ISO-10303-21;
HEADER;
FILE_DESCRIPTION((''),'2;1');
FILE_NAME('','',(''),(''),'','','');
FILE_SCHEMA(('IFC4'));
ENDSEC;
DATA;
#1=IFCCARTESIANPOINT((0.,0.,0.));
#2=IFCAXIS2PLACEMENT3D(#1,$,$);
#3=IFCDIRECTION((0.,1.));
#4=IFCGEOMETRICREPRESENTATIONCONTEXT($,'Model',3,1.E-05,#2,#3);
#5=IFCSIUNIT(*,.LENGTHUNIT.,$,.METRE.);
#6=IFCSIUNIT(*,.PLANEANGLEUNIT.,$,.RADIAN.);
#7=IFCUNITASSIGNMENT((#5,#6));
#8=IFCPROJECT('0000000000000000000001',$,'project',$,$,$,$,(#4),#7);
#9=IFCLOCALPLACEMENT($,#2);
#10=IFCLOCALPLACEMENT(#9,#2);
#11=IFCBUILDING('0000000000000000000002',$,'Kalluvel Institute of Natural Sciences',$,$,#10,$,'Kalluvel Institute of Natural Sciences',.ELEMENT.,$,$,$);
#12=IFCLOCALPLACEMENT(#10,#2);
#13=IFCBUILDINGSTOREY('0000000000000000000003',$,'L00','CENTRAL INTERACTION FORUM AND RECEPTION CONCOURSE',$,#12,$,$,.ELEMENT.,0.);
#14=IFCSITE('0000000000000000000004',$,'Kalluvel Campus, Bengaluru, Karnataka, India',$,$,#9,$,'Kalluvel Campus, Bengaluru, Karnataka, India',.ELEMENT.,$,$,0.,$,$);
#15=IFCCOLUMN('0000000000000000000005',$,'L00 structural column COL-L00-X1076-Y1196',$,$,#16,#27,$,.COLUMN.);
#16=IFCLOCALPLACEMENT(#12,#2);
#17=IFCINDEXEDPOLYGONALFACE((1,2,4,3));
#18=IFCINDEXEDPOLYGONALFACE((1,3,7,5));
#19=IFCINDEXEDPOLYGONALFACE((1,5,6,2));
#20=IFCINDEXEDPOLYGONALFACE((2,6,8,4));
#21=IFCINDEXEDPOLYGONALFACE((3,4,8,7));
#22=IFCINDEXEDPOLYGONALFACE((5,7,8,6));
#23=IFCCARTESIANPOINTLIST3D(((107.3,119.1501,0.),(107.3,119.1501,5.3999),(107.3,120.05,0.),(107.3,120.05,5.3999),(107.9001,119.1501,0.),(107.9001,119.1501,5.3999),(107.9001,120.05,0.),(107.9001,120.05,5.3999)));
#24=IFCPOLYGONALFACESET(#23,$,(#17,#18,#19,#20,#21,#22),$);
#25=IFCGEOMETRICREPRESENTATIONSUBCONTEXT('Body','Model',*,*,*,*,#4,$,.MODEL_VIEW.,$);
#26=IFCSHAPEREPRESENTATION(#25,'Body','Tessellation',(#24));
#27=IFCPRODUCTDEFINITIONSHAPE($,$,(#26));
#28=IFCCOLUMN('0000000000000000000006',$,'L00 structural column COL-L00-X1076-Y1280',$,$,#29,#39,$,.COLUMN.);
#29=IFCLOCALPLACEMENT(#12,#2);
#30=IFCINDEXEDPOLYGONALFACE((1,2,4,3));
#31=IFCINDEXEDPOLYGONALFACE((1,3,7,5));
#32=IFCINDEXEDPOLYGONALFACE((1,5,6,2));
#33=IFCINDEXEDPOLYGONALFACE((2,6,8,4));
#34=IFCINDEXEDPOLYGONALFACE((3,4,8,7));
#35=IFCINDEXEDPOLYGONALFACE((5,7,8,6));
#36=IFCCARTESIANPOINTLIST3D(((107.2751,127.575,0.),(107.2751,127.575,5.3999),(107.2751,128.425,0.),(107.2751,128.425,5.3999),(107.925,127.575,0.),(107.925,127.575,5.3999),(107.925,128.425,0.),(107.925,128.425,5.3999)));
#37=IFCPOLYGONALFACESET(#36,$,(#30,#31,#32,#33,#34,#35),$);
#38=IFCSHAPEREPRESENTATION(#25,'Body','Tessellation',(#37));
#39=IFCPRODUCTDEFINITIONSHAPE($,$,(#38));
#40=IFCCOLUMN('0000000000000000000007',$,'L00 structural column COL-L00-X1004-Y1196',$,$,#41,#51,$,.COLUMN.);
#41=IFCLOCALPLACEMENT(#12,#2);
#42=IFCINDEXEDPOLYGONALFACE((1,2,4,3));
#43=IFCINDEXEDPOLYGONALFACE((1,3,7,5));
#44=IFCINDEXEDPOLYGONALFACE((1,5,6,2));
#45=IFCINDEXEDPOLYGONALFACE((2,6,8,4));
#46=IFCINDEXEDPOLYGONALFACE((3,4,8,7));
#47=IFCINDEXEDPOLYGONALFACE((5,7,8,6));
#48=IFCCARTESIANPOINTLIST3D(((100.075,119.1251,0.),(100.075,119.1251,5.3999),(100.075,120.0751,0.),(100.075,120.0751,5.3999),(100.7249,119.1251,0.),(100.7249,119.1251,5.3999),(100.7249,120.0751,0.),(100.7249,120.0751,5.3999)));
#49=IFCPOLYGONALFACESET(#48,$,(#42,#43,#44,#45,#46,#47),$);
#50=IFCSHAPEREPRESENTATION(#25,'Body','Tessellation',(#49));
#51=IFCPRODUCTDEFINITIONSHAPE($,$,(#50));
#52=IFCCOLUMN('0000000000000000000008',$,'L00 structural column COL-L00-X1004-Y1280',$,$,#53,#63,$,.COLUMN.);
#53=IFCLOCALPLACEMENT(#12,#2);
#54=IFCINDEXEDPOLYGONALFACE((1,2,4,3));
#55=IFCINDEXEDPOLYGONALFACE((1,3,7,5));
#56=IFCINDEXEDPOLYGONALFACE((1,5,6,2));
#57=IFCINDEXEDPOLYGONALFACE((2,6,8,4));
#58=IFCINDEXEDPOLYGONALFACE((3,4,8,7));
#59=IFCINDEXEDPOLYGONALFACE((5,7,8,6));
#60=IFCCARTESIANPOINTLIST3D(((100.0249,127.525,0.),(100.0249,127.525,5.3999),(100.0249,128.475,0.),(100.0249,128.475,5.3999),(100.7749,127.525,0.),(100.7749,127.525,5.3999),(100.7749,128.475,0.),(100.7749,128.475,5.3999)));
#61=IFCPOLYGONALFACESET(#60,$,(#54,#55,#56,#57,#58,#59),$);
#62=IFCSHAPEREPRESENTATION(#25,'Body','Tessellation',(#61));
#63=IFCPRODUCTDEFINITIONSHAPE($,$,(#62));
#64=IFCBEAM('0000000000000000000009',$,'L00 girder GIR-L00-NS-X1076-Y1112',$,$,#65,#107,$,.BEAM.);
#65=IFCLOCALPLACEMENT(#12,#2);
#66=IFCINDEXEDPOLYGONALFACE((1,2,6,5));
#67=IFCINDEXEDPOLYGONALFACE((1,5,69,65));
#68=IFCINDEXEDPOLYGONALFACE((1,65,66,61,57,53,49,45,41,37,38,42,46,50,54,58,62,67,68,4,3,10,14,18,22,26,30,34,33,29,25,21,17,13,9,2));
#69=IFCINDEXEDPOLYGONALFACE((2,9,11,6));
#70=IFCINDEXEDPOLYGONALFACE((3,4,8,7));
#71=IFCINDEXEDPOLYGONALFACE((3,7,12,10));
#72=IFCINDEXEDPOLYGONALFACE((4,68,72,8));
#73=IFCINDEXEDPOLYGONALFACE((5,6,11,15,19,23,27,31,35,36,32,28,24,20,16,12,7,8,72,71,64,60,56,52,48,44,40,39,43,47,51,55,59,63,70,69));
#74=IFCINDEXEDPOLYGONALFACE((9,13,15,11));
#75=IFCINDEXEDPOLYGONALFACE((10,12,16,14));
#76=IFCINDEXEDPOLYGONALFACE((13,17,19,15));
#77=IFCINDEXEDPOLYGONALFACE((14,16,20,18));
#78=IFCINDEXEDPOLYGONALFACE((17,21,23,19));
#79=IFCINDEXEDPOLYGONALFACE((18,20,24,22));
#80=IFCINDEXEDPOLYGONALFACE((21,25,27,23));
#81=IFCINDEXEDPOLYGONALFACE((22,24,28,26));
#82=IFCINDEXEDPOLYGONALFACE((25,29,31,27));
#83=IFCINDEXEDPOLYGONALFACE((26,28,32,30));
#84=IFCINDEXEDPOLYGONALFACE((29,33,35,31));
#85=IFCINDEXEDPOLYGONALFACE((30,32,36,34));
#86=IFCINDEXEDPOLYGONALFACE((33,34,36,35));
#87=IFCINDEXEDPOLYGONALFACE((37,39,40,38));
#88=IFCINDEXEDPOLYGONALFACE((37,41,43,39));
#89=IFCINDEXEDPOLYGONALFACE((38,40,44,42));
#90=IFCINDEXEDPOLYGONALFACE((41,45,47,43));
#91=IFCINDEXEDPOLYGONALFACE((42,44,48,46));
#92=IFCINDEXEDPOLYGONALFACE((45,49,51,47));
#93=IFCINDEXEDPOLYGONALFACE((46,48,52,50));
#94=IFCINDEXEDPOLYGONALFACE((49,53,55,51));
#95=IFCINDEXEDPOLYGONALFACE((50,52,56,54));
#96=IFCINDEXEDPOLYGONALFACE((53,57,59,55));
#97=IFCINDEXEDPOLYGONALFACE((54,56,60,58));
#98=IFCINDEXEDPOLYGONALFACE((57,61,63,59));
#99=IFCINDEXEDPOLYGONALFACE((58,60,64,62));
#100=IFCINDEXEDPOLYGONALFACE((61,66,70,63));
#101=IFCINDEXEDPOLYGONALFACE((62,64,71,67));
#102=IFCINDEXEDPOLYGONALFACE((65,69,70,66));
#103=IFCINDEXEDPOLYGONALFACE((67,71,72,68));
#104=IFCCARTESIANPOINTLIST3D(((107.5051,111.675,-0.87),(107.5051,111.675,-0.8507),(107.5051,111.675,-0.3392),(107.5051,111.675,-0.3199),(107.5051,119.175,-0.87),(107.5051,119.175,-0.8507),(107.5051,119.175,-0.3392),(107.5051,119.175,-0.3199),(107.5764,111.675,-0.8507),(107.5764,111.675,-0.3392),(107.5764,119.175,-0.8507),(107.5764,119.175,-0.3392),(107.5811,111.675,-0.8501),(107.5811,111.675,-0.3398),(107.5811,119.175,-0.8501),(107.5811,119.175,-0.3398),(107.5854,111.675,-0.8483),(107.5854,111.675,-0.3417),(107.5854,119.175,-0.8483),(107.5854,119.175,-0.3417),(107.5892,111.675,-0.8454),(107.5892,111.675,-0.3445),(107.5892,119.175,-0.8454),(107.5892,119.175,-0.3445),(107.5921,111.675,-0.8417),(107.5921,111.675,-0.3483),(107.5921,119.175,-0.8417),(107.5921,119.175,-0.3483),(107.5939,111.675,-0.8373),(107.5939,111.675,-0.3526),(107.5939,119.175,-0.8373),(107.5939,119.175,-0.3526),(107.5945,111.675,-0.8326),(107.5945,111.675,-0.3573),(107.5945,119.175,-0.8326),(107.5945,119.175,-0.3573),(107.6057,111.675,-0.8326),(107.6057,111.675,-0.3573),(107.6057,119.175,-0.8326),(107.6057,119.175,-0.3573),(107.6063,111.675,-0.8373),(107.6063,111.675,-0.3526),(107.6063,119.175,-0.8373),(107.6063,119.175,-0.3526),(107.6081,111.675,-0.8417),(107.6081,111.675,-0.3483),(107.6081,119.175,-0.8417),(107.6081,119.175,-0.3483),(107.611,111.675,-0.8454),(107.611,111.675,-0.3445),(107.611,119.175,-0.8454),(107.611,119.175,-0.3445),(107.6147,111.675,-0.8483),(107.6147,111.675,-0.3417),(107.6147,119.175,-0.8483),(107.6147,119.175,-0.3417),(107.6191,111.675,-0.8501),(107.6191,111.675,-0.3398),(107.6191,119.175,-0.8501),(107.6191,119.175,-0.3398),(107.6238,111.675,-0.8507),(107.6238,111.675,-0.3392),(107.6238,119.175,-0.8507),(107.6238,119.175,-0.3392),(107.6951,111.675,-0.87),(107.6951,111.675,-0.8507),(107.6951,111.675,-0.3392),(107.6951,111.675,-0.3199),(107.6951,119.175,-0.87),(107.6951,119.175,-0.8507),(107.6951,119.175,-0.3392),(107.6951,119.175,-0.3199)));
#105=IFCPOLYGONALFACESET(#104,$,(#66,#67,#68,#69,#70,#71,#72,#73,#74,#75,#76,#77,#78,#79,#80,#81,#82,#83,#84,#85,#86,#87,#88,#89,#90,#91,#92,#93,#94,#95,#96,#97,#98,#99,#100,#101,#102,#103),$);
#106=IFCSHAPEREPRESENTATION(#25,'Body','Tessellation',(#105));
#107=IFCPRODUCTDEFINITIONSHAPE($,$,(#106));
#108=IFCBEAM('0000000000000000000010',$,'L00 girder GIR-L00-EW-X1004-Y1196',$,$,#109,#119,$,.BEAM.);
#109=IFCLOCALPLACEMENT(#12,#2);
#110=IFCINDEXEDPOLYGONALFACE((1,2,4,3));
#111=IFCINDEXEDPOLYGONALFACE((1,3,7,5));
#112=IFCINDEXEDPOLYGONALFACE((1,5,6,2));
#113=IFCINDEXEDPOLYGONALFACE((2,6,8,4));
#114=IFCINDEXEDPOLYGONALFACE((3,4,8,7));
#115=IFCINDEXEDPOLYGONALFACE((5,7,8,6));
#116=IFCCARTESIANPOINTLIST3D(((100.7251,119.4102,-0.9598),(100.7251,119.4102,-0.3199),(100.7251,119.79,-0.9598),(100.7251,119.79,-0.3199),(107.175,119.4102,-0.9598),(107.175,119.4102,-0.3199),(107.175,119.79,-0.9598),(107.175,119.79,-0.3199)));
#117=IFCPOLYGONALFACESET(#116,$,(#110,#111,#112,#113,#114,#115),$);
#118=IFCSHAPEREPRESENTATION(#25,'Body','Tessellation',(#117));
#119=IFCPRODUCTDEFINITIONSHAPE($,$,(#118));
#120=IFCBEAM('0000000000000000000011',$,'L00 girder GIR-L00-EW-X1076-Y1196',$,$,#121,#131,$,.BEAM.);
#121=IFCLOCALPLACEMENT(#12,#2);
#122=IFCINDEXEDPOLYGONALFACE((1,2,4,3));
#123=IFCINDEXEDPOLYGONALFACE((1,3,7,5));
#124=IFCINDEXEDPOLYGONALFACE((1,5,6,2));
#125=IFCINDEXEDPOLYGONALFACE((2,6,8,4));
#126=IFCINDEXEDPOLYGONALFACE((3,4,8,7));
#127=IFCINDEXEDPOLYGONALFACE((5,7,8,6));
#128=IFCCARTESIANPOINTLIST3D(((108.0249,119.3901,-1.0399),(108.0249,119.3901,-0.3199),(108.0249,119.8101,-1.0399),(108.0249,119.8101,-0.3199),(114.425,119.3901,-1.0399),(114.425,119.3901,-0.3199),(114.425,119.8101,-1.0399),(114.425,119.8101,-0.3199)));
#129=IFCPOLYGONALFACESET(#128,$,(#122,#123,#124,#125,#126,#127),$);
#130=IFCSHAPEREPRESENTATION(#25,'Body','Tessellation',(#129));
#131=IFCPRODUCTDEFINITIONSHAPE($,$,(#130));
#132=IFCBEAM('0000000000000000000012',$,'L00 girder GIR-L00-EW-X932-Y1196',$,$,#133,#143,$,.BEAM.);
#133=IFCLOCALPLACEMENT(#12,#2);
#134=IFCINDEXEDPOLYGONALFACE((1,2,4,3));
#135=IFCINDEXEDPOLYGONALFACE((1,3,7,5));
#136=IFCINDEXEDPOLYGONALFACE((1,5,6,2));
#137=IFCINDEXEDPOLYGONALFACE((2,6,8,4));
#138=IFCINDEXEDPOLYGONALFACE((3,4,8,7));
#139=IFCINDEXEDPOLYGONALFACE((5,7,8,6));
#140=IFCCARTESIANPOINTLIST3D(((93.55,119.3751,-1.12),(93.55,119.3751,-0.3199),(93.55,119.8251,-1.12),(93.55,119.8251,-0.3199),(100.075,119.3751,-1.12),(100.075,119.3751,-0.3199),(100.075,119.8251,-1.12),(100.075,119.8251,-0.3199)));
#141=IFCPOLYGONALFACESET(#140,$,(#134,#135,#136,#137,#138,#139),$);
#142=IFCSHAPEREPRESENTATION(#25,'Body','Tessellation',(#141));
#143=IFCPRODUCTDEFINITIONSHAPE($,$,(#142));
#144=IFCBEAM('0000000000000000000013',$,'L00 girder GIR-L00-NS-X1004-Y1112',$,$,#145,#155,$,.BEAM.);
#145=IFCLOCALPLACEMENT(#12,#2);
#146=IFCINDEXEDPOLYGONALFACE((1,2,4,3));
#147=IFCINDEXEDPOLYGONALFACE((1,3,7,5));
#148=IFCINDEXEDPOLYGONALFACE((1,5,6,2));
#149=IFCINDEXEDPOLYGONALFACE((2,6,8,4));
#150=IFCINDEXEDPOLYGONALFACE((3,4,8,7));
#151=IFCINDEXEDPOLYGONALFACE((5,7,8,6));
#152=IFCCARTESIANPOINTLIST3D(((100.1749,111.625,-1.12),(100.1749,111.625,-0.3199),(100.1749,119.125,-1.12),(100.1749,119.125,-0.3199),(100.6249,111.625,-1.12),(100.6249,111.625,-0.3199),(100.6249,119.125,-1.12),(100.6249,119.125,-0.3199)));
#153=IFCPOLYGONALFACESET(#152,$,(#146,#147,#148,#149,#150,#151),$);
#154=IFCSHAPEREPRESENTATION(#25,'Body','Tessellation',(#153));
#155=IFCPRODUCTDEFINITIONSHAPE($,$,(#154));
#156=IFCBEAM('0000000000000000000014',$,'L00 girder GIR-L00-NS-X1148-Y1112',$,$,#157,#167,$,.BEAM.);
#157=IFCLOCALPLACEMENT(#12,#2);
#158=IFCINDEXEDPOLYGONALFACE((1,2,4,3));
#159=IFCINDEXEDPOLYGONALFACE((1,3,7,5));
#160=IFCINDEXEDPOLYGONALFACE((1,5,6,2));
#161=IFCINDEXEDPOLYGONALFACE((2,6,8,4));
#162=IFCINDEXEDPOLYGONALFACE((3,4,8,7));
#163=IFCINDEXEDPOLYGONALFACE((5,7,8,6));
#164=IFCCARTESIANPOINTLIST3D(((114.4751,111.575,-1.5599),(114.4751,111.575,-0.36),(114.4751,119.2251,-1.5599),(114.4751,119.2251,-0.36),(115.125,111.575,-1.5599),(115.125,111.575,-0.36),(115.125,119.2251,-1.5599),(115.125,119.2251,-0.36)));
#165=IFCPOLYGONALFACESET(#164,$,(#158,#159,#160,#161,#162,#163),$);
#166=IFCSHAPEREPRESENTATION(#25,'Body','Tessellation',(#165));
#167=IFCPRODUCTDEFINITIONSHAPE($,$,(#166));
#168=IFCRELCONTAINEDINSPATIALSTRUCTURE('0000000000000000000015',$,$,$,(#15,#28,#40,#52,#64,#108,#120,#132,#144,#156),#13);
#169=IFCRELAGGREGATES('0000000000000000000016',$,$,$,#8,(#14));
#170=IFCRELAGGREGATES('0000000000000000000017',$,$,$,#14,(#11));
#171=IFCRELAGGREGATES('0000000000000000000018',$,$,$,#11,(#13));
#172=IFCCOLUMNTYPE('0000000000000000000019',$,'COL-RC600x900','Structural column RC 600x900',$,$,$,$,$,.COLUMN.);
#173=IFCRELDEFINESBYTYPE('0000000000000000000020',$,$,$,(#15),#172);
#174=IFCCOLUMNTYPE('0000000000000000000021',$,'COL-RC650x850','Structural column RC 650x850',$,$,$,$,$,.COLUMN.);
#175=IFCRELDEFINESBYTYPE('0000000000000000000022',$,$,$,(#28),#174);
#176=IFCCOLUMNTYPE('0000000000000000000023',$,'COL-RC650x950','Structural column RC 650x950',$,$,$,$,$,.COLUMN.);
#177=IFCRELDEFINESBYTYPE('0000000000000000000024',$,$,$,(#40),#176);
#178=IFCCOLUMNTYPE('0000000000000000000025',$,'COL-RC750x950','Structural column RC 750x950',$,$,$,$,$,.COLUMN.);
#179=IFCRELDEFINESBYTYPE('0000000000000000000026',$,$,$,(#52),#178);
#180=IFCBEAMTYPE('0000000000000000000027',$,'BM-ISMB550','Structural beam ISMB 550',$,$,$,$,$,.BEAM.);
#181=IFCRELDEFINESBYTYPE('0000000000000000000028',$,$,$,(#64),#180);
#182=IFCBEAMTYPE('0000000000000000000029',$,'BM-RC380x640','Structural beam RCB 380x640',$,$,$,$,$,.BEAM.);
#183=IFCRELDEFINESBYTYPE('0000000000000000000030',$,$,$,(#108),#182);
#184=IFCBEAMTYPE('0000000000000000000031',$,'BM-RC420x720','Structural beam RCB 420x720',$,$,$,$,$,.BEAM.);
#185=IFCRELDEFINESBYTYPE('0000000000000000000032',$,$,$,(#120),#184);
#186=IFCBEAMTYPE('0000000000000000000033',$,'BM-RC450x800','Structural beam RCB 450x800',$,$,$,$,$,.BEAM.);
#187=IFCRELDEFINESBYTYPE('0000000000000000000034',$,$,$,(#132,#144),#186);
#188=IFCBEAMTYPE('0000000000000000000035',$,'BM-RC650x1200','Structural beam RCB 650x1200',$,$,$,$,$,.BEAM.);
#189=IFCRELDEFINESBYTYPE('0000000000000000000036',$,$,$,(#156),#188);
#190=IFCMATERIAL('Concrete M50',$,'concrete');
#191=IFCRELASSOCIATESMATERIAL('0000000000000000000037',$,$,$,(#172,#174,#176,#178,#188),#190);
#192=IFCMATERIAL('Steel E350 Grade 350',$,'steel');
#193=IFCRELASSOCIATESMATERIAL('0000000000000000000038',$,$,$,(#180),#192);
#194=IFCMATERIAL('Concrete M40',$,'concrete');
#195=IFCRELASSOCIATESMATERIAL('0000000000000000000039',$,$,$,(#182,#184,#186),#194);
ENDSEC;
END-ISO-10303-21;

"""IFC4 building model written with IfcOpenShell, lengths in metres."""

from ifc_helpers import new_model, si_unit, direction, frame, origin, origin_2d, place, context, subcontext, project, spatial, rectangle, i_section, extrude, material, material_profile, profile_set, type_object, element, save


model = new_model("IFC4")

# Units and contexts
model_context = context("Model", 3, precision=1e-05, world=origin(), true_north=direction((0.0, 1.0)))
body_context = subcontext(model_context, "Body", "Model", "MODEL_VIEW")
ifc_project = project(units=[si_unit("LENGTHUNIT", "METRE"), si_unit("PLANEANGLEUNIT", "RADIAN")], contexts=[model_context])

# Site, building, storey
site_placement = place(None, origin())
site = spatial("IfcSite", under=ifc_project, at=site_placement, Name="Kalluvel Campus, Bengaluru, Karnataka, India", LongName="Kalluvel Campus, Bengaluru, Karnataka, India", CompositionType="ELEMENT", RefElevation=0.0)
building_placement = place(site_placement, origin())
building = spatial("IfcBuilding", under=site, at=building_placement, Name="Kalluvel Institute of Natural Sciences", LongName="Kalluvel Institute of Natural Sciences", CompositionType="ELEMENT")
storey_placement = place(building_placement, origin())
storey = spatial("IfcBuildingStorey", under=building, at=storey_placement, Name="L00", Description="CENTRAL INTERACTION FORUM AND RECEPTION CONCOURSE", CompositionType="ELEMENT", Elevation=0.0)

# Columns
ifc_material_1 = material(Name="Concrete M50", Category="concrete")
ifc_material_profile_1 = material_profile(ifc_material_1, rectangle(XDim=0.6001, YDim=0.8999, at=origin_2d()), Name="RC 600x900")
ifc_profile_set_1 = profile_set([ifc_material_profile_1], Name="Concrete M50")
column_type_1 = type_object("IfcColumnType", Name="COL-RC600x900", Description="Structural column RC 600x900", PredefinedType="COLUMN", material=ifc_profile_set_1)
column_1_placement = place(storey_placement, frame((107.6001, 119.6001, 0.0), z_axis=(0.0, 0.0, 1.0), x_axis=(1.0, 0.0, 0.0)))
element("IfcColumn", 1, at=column_1_placement, inside=storey, type_object=column_type_1, Name="L00 structural column COL-L00-X1076-Y1196", PredefinedType="COLUMN", context=body_context, shape_type="SweptSolid", body=[
    extrude(rectangle(XDim=0.6001, YDim=0.8999, at=origin_2d()), origin(), (0.0, 0.0, 1.0), 5.3999),
])
ifc_material_profile_2 = material_profile(ifc_material_1, rectangle(XDim=0.6499, YDim=0.8501, at=origin_2d()), Name="RC 650x850")
ifc_profile_set_2 = profile_set([ifc_material_profile_2], Name="Concrete M50")
column_type_2 = type_object("IfcColumnType", Name="COL-RC650x850", Description="Structural column RC 650x850", PredefinedType="COLUMN", material=ifc_profile_set_2)
column_2_placement = place(storey_placement, frame((107.6001, 128.0, 0.0), z_axis=(0.0, 0.0, 1.0), x_axis=(1.0, 0.0, 0.0)))
element("IfcColumn", 2, at=column_2_placement, inside=storey, type_object=column_type_2, Name="L00 structural column COL-L00-X1076-Y1280", PredefinedType="COLUMN", context=body_context, shape_type="SweptSolid", body=[
    extrude(rectangle(XDim=0.6499, YDim=0.8501, at=origin_2d()), origin(), (0.0, 0.0, 1.0), 5.3999),
])
ifc_material_profile_3 = material_profile(ifc_material_1, rectangle(XDim=0.6499, YDim=0.95, at=origin_2d()), Name="RC 650x950")
ifc_profile_set_3 = profile_set([ifc_material_profile_3], Name="Concrete M50")
column_type_3 = type_object("IfcColumnType", Name="COL-RC650x950", Description="Structural column RC 650x950", PredefinedType="COLUMN", material=ifc_profile_set_3)
column_3_placement = place(storey_placement, frame((100.3999, 119.6001, 0.0), z_axis=(0.0, 0.0, 1.0), x_axis=(1.0, 0.0, 0.0)))
element("IfcColumn", 3, at=column_3_placement, inside=storey, type_object=column_type_3, Name="L00 structural column COL-L00-X1004-Y1196", PredefinedType="COLUMN", context=body_context, shape_type="SweptSolid", body=[
    extrude(rectangle(XDim=0.6499, YDim=0.95, at=origin_2d()), origin(), (0.0, 0.0, 1.0), 5.3999),
])
ifc_material_profile_4 = material_profile(ifc_material_1, rectangle(XDim=0.75, YDim=0.95, at=origin_2d()), Name="RC 750x950")
ifc_profile_set_4 = profile_set([ifc_material_profile_4], Name="Concrete M50")
column_type_4 = type_object("IfcColumnType", Name="COL-RC750x950", Description="Structural column RC 750x950", PredefinedType="COLUMN", material=ifc_profile_set_4)
column_4_placement = place(storey_placement, frame((100.3999, 128.0, 0.0), z_axis=(0.0, 0.0, 1.0), x_axis=(1.0, 0.0, 0.0)))
element("IfcColumn", 4, at=column_4_placement, inside=storey, type_object=column_type_4, Name="L00 structural column COL-L00-X1004-Y1280", PredefinedType="COLUMN", context=body_context, shape_type="SweptSolid", body=[
    extrude(rectangle(XDim=0.75, YDim=0.95, at=origin_2d()), origin(), (0.0, 0.0, 1.0), 5.3999),
])

# Beams
ifc_material_2 = material(Name="Steel E350 Grade 350", Category="steel")
ifc_material_profile_5 = material_profile(ifc_material_2, i_section(OverallWidth=0.1899, OverallDepth=0.55, WebThickness=0.0112, FlangeThickness=0.0193, FilletRadius=0.0181, at=origin_2d()), Name="ISMB 550")
ifc_profile_set_5 = profile_set([ifc_material_profile_5], Name="Steel E350 Grade 350")
beam_type_1 = type_object("IfcBeamType", Name="BM-ISMB550", Description="Structural beam ISMB 550", PredefinedType="BEAM", material=ifc_profile_set_5)
beam_1_placement = place(storey_placement, frame((107.6001, 111.675, -0.595), z_axis=(0.0, 1.0, 0.0), x_axis=(-1.0, 0.0, 0.0)))
element("IfcBeam", 5, at=beam_1_placement, inside=storey, type_object=beam_type_1, Name="L00 girder GIR-L00-NS-X1076-Y1112", PredefinedType="BEAM", context=body_context, shape_type="SweptSolid", body=[
    extrude(i_section(OverallWidth=0.1899, OverallDepth=0.55, WebThickness=0.0112, FlangeThickness=0.0193, FilletRadius=0.0181, at=origin_2d()), origin(), (0.0, 0.0, 1.0), 7.5),
])
ifc_material_3 = material(Name="Concrete M40", Category="concrete")
ifc_material_profile_6 = material_profile(ifc_material_3, rectangle(XDim=0.3799, YDim=0.6399, at=origin_2d()), Name="RCB 380x640")
ifc_profile_set_6 = profile_set([ifc_material_profile_6], Name="Concrete M40")
beam_type_2 = type_object("IfcBeamType", Name="BM-RC380x640", Description="Structural beam RCB 380x640", PredefinedType="BEAM", material=ifc_profile_set_6)
beam_2_placement = place(storey_placement, frame((100.7251, 119.6001, -0.6399), z_axis=(1.0, 0.0, 0.0), x_axis=(0.0, 1.0, 0.0)))
element("IfcBeam", 6, at=beam_2_placement, inside=storey, type_object=beam_type_2, Name="L00 girder GIR-L00-EW-X1004-Y1196", PredefinedType="BEAM", context=body_context, shape_type="SweptSolid", body=[
    extrude(rectangle(XDim=0.3799, YDim=0.6399, at=origin_2d()), origin(), (0.0, 0.0, 1.0), 6.45),
])
ifc_material_profile_7 = material_profile(ifc_material_3, rectangle(XDim=0.4199, YDim=0.72, at=origin_2d()), Name="RCB 420x720")
ifc_profile_set_7 = profile_set([ifc_material_profile_7], Name="Concrete M40")
beam_type_3 = type_object("IfcBeamType", Name="BM-RC420x720", Description="Structural beam RCB 420x720", PredefinedType="BEAM", material=ifc_profile_set_7)
beam_3_placement = place(storey_placement, frame((108.0249, 119.6001, -0.6799), z_axis=(1.0, 0.0, 0.0), x_axis=(0.0, 1.0, 0.0)))
element("IfcBeam", 7, at=beam_3_placement, inside=storey, type_object=beam_type_3, Name="L00 girder GIR-L00-EW-X1076-Y1196", PredefinedType="BEAM", context=body_context, shape_type="SweptSolid", body=[
    extrude(rectangle(XDim=0.4199, YDim=0.72, at=origin_2d()), origin(), (0.0, 0.0, 1.0), 6.4001),
])
ifc_material_profile_8 = material_profile(ifc_material_3, rectangle(XDim=0.45, YDim=0.8, at=origin_2d()), Name="RCB 450x800")
ifc_profile_set_8 = profile_set([ifc_material_profile_8], Name="Concrete M40")
beam_type_4 = type_object("IfcBeamType", Name="BM-RC450x800", Description="Structural beam RCB 450x800", PredefinedType="BEAM", material=ifc_profile_set_8)
beam_4_placement = place(storey_placement, frame((93.55, 119.6001, -0.72), z_axis=(1.0, 0.0, 0.0), x_axis=(0.0, 1.0, 0.0)))
element("IfcBeam", 8, at=beam_4_placement, inside=storey, type_object=beam_type_4, Name="L00 girder GIR-L00-EW-X932-Y1196", PredefinedType="BEAM", context=body_context, shape_type="SweptSolid", body=[
    extrude(rectangle(XDim=0.45, YDim=0.8, at=origin_2d()), origin(), (0.0, 0.0, 1.0), 6.5249),
])
beam_5_placement = place(storey_placement, frame((100.3999, 111.625, -0.72), z_axis=(0.0, 1.0, 0.0), x_axis=(-1.0, 0.0, 0.0)))
element("IfcBeam", 9, at=beam_5_placement, inside=storey, type_object=beam_type_4, Name="L00 girder GIR-L00-NS-X1004-Y1112", PredefinedType="BEAM", context=body_context, shape_type="SweptSolid", body=[
    extrude(rectangle(XDim=0.45, YDim=0.8, at=origin_2d()), origin(), (0.0, 0.0, 1.0), 7.5),
])
ifc_material_profile_9 = material_profile(ifc_material_1, rectangle(XDim=0.6499, YDim=1.2, at=origin_2d()), Name="RCB 650x1200")
ifc_profile_set_9 = profile_set([ifc_material_profile_9], Name="Concrete M50")
beam_type_5 = type_object("IfcBeamType", Name="BM-RC650x1200", Description="Structural beam RCB 650x1200", PredefinedType="BEAM", material=ifc_profile_set_9)
beam_6_placement = place(storey_placement, frame((114.8, 111.575, -0.96), z_axis=(0.0, 1.0, 0.0), x_axis=(-1.0, 0.0, 0.0)))
element("IfcBeam", 10, at=beam_6_placement, inside=storey, type_object=beam_type_5, Name="L00 girder GIR-L00-NS-X1148-Y1112", PredefinedType="BEAM", context=body_context, shape_type="SweptSolid", body=[
    extrude(rectangle(XDim=0.6499, YDim=1.2, at=origin_2d()), origin(), (0.0, 0.0, 1.0), 7.6501),
])

save(model, "model.ifc")
